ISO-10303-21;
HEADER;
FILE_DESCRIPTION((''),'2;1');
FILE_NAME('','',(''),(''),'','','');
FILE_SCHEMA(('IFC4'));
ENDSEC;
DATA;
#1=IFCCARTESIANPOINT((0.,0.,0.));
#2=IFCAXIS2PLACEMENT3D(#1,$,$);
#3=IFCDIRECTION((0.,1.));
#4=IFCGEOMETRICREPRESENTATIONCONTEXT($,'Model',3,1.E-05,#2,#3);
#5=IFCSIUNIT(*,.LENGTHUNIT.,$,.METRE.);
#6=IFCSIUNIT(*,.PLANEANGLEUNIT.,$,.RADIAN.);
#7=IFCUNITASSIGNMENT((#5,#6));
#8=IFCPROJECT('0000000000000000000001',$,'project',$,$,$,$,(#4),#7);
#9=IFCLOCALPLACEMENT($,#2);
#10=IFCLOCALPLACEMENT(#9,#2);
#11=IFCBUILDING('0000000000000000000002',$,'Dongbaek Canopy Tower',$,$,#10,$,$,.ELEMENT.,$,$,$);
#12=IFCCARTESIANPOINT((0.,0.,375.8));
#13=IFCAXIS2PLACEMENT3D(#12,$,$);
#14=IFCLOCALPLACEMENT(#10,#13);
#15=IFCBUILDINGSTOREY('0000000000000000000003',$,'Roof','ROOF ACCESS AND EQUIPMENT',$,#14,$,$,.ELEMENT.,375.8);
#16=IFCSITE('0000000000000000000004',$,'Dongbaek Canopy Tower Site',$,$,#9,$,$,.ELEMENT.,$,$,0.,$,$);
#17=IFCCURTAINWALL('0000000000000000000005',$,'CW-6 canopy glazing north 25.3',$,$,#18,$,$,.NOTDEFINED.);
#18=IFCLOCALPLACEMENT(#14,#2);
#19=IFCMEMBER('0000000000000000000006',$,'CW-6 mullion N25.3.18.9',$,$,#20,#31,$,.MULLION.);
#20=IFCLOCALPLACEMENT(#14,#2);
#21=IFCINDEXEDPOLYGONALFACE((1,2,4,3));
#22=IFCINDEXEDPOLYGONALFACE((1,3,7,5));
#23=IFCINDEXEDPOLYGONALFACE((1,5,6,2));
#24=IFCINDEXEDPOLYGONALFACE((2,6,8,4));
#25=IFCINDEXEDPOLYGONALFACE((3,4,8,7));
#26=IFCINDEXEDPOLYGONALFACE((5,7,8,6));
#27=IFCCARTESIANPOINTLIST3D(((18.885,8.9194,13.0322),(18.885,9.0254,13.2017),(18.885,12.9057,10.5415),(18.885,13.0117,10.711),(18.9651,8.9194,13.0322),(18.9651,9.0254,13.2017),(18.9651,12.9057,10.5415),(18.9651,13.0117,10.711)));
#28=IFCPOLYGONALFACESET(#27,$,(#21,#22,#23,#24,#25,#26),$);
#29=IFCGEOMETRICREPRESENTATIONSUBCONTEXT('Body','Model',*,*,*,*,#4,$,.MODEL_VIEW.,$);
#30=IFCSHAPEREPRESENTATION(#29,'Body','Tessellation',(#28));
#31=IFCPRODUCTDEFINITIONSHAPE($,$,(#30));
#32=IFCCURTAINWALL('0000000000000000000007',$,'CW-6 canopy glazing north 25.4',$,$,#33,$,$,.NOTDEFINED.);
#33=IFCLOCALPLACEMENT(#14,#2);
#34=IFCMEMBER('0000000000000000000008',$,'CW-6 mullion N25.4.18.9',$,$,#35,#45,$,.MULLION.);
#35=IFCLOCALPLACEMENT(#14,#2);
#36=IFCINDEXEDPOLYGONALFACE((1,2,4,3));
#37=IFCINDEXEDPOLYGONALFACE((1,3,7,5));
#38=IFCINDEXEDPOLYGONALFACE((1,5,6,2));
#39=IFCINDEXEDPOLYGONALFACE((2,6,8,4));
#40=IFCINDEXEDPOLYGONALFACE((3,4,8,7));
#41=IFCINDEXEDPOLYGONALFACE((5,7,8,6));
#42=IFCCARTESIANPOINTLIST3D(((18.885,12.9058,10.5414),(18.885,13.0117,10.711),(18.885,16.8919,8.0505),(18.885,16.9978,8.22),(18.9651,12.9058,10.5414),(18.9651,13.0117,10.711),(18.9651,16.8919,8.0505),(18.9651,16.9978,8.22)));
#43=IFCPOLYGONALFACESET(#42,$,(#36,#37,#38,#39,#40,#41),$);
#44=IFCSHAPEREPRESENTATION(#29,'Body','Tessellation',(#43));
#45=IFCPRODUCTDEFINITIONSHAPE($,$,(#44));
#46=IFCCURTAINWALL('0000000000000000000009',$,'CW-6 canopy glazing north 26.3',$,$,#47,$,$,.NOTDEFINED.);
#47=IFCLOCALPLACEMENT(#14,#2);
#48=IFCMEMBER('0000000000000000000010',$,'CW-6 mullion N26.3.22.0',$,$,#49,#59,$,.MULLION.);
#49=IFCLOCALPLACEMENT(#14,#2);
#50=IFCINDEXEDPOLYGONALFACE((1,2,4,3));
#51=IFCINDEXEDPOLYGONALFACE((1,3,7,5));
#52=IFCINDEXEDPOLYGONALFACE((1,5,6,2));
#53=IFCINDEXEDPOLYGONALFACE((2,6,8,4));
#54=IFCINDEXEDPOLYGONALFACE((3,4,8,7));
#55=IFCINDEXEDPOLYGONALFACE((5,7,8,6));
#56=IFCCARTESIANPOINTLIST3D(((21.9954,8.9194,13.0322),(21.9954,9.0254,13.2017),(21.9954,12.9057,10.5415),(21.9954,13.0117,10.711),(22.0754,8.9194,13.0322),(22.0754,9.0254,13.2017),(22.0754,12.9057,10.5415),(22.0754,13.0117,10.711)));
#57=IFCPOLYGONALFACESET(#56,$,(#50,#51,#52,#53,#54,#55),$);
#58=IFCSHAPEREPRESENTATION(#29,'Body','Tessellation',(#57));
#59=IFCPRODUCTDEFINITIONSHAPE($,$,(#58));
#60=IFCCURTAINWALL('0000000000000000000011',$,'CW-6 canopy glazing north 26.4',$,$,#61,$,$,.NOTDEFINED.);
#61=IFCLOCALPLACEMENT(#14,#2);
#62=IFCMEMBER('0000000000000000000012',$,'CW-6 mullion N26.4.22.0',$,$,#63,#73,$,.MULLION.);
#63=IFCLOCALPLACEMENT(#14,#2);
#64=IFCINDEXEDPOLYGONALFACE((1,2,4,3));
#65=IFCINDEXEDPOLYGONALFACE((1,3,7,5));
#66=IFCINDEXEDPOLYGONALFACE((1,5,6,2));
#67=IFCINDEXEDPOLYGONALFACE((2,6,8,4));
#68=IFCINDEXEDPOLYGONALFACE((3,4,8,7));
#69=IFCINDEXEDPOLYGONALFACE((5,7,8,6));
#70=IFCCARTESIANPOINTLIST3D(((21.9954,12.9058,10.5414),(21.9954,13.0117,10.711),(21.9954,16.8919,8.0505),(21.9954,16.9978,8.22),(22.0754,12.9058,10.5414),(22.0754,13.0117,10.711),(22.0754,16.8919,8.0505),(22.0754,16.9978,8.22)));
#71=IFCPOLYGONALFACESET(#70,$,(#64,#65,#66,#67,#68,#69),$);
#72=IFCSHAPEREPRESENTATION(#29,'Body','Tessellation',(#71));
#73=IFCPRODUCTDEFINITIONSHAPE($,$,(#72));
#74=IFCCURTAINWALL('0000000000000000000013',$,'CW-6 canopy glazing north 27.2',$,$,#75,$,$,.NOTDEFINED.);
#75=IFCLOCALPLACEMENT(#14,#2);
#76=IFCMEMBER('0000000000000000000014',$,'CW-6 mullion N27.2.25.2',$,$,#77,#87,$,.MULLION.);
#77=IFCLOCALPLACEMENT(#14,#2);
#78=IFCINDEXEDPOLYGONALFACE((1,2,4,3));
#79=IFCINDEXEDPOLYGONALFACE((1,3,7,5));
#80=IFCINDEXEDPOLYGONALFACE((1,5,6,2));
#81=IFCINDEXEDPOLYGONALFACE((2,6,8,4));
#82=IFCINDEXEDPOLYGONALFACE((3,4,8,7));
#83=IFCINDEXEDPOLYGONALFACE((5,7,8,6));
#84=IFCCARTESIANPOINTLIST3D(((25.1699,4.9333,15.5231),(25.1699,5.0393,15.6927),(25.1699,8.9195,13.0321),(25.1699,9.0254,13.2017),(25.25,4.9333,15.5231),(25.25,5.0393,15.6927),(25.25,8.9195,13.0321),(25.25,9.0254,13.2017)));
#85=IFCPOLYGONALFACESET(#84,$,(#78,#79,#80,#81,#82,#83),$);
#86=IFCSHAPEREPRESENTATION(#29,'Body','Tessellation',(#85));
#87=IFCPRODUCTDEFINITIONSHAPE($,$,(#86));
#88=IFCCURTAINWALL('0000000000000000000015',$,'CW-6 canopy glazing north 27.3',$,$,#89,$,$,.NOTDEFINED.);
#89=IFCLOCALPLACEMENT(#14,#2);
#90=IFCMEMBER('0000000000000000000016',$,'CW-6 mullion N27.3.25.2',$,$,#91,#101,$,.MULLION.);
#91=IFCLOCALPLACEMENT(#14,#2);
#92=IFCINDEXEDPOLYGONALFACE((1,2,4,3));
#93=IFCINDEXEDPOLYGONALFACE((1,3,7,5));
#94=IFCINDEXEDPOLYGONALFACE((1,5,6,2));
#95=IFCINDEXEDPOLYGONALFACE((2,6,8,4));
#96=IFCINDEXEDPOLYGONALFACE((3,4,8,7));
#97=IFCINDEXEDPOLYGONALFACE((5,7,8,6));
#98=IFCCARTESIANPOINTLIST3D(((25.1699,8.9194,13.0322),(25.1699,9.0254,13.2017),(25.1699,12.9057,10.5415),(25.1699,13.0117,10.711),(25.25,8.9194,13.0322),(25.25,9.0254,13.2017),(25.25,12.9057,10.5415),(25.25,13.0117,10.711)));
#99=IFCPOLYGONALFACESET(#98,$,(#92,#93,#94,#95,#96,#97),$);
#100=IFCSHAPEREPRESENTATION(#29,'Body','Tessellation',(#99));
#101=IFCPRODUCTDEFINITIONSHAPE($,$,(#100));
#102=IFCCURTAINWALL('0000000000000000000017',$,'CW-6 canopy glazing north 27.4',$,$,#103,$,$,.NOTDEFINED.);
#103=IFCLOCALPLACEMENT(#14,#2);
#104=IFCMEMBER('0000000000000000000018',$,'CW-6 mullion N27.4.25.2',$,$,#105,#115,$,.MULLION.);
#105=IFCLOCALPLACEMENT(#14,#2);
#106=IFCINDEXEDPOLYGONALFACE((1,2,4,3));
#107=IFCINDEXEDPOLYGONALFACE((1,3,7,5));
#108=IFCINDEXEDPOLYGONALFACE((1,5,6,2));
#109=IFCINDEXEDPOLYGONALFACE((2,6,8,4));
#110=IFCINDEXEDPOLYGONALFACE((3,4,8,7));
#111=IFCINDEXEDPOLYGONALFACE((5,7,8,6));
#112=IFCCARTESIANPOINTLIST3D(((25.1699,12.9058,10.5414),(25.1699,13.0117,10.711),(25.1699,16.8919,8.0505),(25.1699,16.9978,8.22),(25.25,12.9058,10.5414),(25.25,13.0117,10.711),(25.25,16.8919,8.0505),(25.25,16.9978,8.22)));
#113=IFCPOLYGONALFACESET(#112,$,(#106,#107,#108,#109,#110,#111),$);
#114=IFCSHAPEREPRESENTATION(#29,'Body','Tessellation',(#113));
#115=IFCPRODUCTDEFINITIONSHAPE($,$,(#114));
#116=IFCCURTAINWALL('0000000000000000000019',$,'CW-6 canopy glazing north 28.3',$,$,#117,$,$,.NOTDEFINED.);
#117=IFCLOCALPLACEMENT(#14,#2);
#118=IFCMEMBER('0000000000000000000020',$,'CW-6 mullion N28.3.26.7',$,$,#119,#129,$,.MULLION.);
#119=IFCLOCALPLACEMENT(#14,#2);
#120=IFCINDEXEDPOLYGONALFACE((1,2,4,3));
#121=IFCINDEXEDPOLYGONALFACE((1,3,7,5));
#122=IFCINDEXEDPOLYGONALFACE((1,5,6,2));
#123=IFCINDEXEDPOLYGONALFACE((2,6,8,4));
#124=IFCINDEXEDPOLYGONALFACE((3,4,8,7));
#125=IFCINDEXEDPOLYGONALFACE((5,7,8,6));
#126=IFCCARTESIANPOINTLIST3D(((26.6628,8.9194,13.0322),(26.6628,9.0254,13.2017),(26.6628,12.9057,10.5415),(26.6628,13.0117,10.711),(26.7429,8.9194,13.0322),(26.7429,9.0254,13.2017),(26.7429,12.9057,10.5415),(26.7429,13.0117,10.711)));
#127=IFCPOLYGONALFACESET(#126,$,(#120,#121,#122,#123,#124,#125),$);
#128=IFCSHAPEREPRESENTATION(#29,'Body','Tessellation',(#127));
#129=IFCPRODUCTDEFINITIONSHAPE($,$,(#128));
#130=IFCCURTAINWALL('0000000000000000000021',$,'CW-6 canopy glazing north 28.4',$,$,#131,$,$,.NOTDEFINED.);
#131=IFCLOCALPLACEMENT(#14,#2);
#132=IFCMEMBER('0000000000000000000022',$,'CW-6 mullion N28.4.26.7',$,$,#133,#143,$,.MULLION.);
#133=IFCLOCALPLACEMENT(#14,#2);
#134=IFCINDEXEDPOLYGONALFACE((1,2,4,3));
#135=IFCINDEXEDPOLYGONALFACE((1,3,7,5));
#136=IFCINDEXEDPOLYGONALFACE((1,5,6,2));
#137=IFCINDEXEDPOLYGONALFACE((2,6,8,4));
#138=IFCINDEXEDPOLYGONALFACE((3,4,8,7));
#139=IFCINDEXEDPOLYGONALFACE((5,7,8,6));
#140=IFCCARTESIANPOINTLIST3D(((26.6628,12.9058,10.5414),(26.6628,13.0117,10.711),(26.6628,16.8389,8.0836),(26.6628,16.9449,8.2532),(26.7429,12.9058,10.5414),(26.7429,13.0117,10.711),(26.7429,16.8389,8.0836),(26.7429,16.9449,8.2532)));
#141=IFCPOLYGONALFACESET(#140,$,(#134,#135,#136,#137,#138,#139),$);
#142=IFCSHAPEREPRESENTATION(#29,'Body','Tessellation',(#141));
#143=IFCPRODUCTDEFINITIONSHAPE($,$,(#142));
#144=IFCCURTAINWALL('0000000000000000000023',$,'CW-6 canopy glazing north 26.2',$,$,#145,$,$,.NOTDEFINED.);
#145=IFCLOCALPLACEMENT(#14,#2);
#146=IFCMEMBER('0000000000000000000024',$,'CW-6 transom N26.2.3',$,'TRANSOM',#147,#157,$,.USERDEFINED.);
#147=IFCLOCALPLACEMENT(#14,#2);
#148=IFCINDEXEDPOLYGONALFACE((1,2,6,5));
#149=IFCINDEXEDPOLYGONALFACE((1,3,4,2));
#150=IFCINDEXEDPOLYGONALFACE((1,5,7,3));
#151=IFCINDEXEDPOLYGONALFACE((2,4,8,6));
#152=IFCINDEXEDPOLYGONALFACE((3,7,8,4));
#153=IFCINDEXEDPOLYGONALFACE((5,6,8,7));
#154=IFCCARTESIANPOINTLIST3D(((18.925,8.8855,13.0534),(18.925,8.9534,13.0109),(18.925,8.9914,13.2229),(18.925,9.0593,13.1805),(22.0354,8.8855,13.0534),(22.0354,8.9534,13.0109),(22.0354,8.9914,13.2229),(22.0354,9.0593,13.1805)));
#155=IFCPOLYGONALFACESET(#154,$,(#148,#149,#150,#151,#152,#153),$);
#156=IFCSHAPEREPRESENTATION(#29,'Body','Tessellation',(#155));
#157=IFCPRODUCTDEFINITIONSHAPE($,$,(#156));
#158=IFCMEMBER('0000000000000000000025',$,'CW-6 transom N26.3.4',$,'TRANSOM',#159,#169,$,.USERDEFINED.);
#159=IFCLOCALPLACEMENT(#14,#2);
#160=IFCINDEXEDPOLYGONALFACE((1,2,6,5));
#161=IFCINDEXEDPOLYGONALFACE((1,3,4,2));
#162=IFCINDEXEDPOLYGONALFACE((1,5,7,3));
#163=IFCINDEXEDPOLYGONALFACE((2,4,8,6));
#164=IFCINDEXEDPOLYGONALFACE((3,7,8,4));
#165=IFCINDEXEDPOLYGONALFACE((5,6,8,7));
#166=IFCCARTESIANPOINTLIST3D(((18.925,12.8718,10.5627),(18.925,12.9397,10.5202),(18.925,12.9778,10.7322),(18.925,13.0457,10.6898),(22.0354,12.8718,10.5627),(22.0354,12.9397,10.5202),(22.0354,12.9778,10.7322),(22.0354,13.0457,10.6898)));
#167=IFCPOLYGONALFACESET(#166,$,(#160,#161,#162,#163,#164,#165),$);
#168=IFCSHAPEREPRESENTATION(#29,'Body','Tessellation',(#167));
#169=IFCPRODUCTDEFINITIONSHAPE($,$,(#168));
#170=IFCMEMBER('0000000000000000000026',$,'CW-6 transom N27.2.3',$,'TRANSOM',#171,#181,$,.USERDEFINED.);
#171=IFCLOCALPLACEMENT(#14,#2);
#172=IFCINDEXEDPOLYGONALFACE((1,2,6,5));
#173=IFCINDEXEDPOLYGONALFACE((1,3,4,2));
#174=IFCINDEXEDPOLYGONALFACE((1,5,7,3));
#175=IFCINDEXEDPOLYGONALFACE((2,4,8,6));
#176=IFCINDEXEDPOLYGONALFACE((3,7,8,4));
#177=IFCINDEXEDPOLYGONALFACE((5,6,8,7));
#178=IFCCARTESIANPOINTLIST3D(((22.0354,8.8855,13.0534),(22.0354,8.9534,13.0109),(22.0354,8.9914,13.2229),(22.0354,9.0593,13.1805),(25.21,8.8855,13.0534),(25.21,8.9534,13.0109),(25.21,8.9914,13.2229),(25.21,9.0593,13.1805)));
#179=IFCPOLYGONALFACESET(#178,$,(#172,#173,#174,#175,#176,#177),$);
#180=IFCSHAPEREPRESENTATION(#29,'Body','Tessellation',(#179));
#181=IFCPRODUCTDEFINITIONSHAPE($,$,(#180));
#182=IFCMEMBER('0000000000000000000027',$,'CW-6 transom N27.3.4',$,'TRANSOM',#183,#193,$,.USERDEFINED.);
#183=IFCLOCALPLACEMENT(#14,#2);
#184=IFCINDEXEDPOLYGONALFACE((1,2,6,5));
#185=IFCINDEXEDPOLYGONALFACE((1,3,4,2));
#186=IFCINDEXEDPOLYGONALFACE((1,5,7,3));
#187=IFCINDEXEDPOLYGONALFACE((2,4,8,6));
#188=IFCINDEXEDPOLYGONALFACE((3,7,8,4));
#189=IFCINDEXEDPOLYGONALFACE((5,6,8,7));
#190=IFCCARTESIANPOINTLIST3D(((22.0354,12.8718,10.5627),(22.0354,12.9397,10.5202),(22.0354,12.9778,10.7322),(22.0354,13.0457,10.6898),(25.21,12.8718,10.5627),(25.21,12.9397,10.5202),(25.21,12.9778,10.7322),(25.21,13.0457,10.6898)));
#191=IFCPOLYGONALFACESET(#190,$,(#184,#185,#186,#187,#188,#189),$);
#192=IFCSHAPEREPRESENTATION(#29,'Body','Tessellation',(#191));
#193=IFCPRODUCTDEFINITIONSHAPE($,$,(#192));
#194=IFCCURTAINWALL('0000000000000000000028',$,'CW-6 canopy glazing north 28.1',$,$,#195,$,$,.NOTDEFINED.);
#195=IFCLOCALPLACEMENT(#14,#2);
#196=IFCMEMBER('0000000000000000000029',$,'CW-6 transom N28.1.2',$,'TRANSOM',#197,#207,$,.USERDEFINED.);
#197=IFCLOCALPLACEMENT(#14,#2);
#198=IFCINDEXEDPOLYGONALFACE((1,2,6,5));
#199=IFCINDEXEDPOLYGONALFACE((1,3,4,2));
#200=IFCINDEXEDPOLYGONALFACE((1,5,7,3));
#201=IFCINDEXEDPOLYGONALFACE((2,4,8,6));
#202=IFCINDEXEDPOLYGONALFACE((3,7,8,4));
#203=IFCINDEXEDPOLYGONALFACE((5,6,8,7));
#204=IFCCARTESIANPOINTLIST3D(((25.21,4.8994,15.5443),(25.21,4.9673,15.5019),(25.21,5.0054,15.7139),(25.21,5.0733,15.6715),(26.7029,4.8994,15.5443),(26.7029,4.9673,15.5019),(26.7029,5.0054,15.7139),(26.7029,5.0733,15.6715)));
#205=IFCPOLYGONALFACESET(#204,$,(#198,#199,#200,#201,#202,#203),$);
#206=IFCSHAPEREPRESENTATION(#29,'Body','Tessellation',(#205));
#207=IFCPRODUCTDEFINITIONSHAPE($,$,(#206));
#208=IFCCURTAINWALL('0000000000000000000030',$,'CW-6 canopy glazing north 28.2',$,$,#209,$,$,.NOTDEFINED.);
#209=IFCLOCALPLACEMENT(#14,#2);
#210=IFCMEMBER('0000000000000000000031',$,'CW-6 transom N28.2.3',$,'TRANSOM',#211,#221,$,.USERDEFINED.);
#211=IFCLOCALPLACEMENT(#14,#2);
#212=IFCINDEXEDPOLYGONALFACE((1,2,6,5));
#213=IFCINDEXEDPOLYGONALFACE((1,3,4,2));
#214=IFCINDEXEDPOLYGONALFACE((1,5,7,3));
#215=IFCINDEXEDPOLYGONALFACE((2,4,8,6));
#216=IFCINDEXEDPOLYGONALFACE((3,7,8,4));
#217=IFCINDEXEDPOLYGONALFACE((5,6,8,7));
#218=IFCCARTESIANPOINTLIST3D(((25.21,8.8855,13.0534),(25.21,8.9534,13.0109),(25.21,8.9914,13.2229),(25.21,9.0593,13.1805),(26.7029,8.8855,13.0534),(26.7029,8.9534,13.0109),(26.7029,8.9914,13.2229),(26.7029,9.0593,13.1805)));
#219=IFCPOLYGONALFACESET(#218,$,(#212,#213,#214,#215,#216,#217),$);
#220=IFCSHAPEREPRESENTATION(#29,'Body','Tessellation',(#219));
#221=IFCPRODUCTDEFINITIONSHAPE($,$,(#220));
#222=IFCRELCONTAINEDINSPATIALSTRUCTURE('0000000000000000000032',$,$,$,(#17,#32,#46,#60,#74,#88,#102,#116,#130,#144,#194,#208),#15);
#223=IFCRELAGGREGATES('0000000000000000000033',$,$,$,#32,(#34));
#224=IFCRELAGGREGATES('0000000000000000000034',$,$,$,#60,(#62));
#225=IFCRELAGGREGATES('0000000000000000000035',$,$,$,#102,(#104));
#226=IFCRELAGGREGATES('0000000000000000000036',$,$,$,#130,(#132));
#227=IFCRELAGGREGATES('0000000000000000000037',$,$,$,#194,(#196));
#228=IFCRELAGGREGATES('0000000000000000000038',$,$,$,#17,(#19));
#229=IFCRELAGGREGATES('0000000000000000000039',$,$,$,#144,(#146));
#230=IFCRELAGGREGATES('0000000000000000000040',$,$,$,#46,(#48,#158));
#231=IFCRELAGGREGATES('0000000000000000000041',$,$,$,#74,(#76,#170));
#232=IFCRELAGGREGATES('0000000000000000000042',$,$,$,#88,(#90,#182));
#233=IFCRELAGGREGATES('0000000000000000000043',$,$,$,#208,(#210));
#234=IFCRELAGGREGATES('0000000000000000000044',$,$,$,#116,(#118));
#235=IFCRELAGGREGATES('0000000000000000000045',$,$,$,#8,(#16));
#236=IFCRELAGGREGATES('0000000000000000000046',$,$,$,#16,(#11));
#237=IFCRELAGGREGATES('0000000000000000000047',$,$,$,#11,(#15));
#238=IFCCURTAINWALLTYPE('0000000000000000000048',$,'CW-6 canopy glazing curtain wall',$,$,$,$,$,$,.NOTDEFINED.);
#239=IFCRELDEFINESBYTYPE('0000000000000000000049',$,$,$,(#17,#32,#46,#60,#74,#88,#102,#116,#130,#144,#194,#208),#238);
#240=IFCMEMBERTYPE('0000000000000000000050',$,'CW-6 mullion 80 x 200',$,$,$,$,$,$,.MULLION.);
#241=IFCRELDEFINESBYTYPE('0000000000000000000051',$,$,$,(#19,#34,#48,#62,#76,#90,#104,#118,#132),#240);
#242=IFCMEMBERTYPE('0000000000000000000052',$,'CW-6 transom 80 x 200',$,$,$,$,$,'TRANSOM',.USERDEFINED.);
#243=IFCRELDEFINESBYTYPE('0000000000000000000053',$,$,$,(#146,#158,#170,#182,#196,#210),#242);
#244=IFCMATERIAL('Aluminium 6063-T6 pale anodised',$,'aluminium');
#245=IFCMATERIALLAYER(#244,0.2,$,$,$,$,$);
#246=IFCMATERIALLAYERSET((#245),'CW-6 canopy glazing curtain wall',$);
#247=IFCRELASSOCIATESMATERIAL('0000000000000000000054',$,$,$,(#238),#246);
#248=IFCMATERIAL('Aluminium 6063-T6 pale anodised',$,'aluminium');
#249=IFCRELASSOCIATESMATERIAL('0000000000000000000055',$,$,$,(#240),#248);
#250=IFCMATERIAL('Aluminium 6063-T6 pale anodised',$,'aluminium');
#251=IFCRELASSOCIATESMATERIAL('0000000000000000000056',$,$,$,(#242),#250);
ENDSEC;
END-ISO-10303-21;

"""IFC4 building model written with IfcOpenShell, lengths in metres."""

from ifc_helpers import new_model, si_unit, direction, frame, origin, origin_2d, place, context, subcontext, project, spatial, rectangle, extrude, material, layer, layer_set, material_profile, profile_set, type_object, element, aggregate, save


model = new_model("IFC4")

# Units and contexts
model_context = context("Model", 3, precision=1e-05, world=origin(), true_north=direction((0.0, 1.0)))
body_context = subcontext(model_context, "Body", "Model", "MODEL_VIEW")
ifc_project = project(units=[si_unit("LENGTHUNIT", "METRE"), si_unit("PLANEANGLEUNIT", "RADIAN")], contexts=[model_context])

# Site, building, storey
site_placement = place(None, origin())
site = spatial("IfcSite", under=ifc_project, at=site_placement, Name="Dongbaek Canopy Tower Site", CompositionType="ELEMENT", RefElevation=0.0)
building_placement = place(site_placement, origin())
building = spatial("IfcBuilding", under=site, at=building_placement, Name="Dongbaek Canopy Tower", CompositionType="ELEMENT")
storey_placement = place(building_placement, frame((0.0, 0.0, 375.8)))
storey = spatial("IfcBuildingStorey", under=building, at=storey_placement, Name="Roof", Description="ROOF ACCESS AND EQUIPMENT", CompositionType="ELEMENT", Elevation=375.8)

# Curtain walls, members
ifc_material_1 = material(Name="Aluminium 6063-T6 pale anodised", Category="aluminium")
ifc_layer_1 = layer(ifc_material_1, 0.2)
ifc_layer_set_1 = layer_set([ifc_layer_1], Name="CW-6 canopy glazing curtain wall")
curtain_wall_type = type_object("IfcCurtainWallType", Name="CW-6 canopy glazing curtain wall", PredefinedType="NOTDEFINED", material=ifc_layer_set_1)
curtain_wall_1_placement = place(storey_placement, origin())
curtain_wall_1 = element("IfcCurtainWall", 1, at=curtain_wall_1_placement, inside=storey, type_object=curtain_wall_type, Name="CW-6 canopy glazing north 25.3", PredefinedType="NOTDEFINED")
ifc_material_2 = material(Name="Aluminium 6063-T6 pale anodised", Category="aluminium")
ifc_material_profile_1 = material_profile(ifc_material_2, rectangle(XDim=0.0801, YDim=0.2, at=origin_2d()), Name="CW-6 mullion 80 x 200")
ifc_profile_set_1 = profile_set([ifc_material_profile_1], Name="Aluminium 6063-T6 pale anodised")
member_type_1 = type_object("IfcMemberType", Name="CW-6 mullion 80 x 200", PredefinedType="MULLION", material=ifc_profile_set_1)
member_1_placement = place(storey_placement, frame((18.925, 8.9724, 13.1169), z_axis=(0.0, 0.848068, -0.529887), x_axis=(-1.0, 0.0, 0.0)))
member_1 = element("IfcMember", 2, at=member_1_placement, type_object=member_type_1, Name="CW-6 mullion N25.3.18.9", PredefinedType="MULLION", context=body_context, shape_type="SweptSolid", body=[
    extrude(rectangle(XDim=0.0801, YDim=0.2, at=origin_2d()), origin(), (0.0, 0.0, 1.0), 4.7004),
])
curtain_wall_2_placement = place(storey_placement, origin())
curtain_wall_2 = element("IfcCurtainWall", 3, at=curtain_wall_2_placement, inside=storey, type_object=curtain_wall_type, Name="CW-6 canopy glazing north 25.4", PredefinedType="NOTDEFINED")
member_2_placement = place(storey_placement, frame((18.925, 12.9587, 10.6262), z_axis=(0.0, 0.84803, -0.529948), x_axis=(-1.0, 0.0, 0.0)))
member_2 = element("IfcMember", 4, at=member_2_placement, type_object=member_type_1, Name="CW-6 mullion N25.4.18.9", PredefinedType="MULLION", context=body_context, shape_type="SweptSolid", body=[
    extrude(rectangle(XDim=0.0801, YDim=0.2, at=origin_2d()), origin(), (0.0, 0.0, 1.0), 4.7004),
])
aggregate(curtain_wall_2, [member_2])
curtain_wall_3_placement = place(storey_placement, origin())
curtain_wall_3 = element("IfcCurtainWall", 5, at=curtain_wall_3_placement, inside=storey, type_object=curtain_wall_type, Name="CW-6 canopy glazing north 26.3", PredefinedType="NOTDEFINED")
member_3_placement = place(storey_placement, frame((22.0354, 8.9724, 13.1169), z_axis=(0.0, 0.848068, -0.529887), x_axis=(-1.0, 0.0, 0.0)))
member_3 = element("IfcMember", 6, at=member_3_placement, type_object=member_type_1, Name="CW-6 mullion N26.3.22.0", PredefinedType="MULLION", context=body_context, shape_type="SweptSolid", body=[
    extrude(rectangle(XDim=0.0801, YDim=0.2, at=origin_2d()), origin(), (0.0, 0.0, 1.0), 4.7004),
])
curtain_wall_4_placement = place(storey_placement, origin())
curtain_wall_4 = element("IfcCurtainWall", 7, at=curtain_wall_4_placement, inside=storey, type_object=curtain_wall_type, Name="CW-6 canopy glazing north 26.4", PredefinedType="NOTDEFINED")
member_4_placement = place(storey_placement, frame((22.0354, 12.9587, 10.6262), z_axis=(0.0, 0.84803, -0.529948), x_axis=(-1.0, 0.0, 0.0)))
member_4 = element("IfcMember", 8, at=member_4_placement, type_object=member_type_1, Name="CW-6 mullion N26.4.22.0", PredefinedType="MULLION", context=body_context, shape_type="SweptSolid", body=[
    extrude(rectangle(XDim=0.0801, YDim=0.2, at=origin_2d()), origin(), (0.0, 0.0, 1.0), 4.7004),
])
aggregate(curtain_wall_4, [member_4])
curtain_wall_5_placement = place(storey_placement, origin())
curtain_wall_5 = element("IfcCurtainWall", 9, at=curtain_wall_5_placement, inside=storey, type_object=curtain_wall_type, Name="CW-6 canopy glazing north 27.2", PredefinedType="NOTDEFINED")
member_5_placement = place(storey_placement, frame((25.21, 4.9863, 15.6079), z_axis=(0.0, 0.84803, -0.529948), x_axis=(-1.0, 0.0, 0.0)))
member_5 = element("IfcMember", 10, at=member_5_placement, type_object=member_type_1, Name="CW-6 mullion N27.2.25.2", PredefinedType="MULLION", context=body_context, shape_type="SweptSolid", body=[
    extrude(rectangle(XDim=0.0801, YDim=0.2, at=origin_2d()), origin(), (0.0, 0.0, 1.0), 4.7004),
])
curtain_wall_6_placement = place(storey_placement, origin())
curtain_wall_6 = element("IfcCurtainWall", 11, at=curtain_wall_6_placement, inside=storey, type_object=curtain_wall_type, Name="CW-6 canopy glazing north 27.3", PredefinedType="NOTDEFINED")
member_6_placement = place(storey_placement, frame((25.21, 8.9724, 13.1169), z_axis=(0.0, 0.848068, -0.529887), x_axis=(-1.0, 0.0, 0.0)))
member_6 = element("IfcMember", 12, at=member_6_placement, type_object=member_type_1, Name="CW-6 mullion N27.3.25.2", PredefinedType="MULLION", context=body_context, shape_type="SweptSolid", body=[
    extrude(rectangle(XDim=0.0801, YDim=0.2, at=origin_2d()), origin(), (0.0, 0.0, 1.0), 4.7004),
])
curtain_wall_7_placement = place(storey_placement, origin())
curtain_wall_7 = element("IfcCurtainWall", 13, at=curtain_wall_7_placement, inside=storey, type_object=curtain_wall_type, Name="CW-6 canopy glazing north 27.4", PredefinedType="NOTDEFINED")
member_7_placement = place(storey_placement, frame((25.21, 12.9587, 10.6262), z_axis=(0.0, 0.84803, -0.529948), x_axis=(-1.0, 0.0, 0.0)))
member_7 = element("IfcMember", 14, at=member_7_placement, type_object=member_type_1, Name="CW-6 mullion N27.4.25.2", PredefinedType="MULLION", context=body_context, shape_type="SweptSolid", body=[
    extrude(rectangle(XDim=0.0801, YDim=0.2, at=origin_2d()), origin(), (0.0, 0.0, 1.0), 4.7004),
])
aggregate(curtain_wall_7, [member_7])
curtain_wall_8_placement = place(storey_placement, origin())
curtain_wall_8 = element("IfcCurtainWall", 15, at=curtain_wall_8_placement, inside=storey, type_object=curtain_wall_type, Name="CW-6 canopy glazing north 28.3", PredefinedType="NOTDEFINED")
member_8_placement = place(storey_placement, frame((26.7029, 8.9724, 13.1169), z_axis=(0.0, 0.848068, -0.529887), x_axis=(-1.0, 0.0, 0.0)))
member_8 = element("IfcMember", 16, at=member_8_placement, type_object=member_type_1, Name="CW-6 mullion N28.3.26.7", PredefinedType="MULLION", context=body_context, shape_type="SweptSolid", body=[
    extrude(rectangle(XDim=0.0801, YDim=0.2, at=origin_2d()), origin(), (0.0, 0.0, 1.0), 4.7004),
])
curtain_wall_9_placement = place(storey_placement, origin())
curtain_wall_9 = element("IfcCurtainWall", 17, at=curtain_wall_9_placement, inside=storey, type_object=curtain_wall_type, Name="CW-6 canopy glazing north 28.4", PredefinedType="NOTDEFINED")
member_9_placement = place(storey_placement, frame((26.7029, 12.9587, 10.6262), z_axis=(0.0, 0.84804, -0.529933), x_axis=(-1.0, 0.0, 0.0)))
member_9 = element("IfcMember", 18, at=member_9_placement, type_object=member_type_1, Name="CW-6 mullion N28.4.26.7", PredefinedType="MULLION", context=body_context, shape_type="SweptSolid", body=[
    extrude(rectangle(XDim=0.0801, YDim=0.2, at=origin_2d()), origin(), (0.0, 0.0, 1.0), 4.6379),
])
aggregate(curtain_wall_9, [member_9])
curtain_wall_10_placement = place(storey_placement, origin())
curtain_wall_10 = element("IfcCurtainWall", 19, at=curtain_wall_10_placement, inside=storey, type_object=curtain_wall_type, Name="CW-6 canopy glazing north 26.2", PredefinedType="NOTDEFINED")
ifc_material_3 = material(Name="Aluminium 6063-T6 pale anodised", Category="aluminium")
ifc_material_profile_2 = material_profile(ifc_material_3, rectangle(XDim=0.0801, YDim=0.2, at=origin_2d()), Name="CW-6 transom 80 x 200")
ifc_profile_set_2 = profile_set([ifc_material_profile_2], Name="Aluminium 6063-T6 pale anodised")
member_type_2 = type_object("IfcMemberType", Name="CW-6 transom 80 x 200", ElementType="TRANSOM", PredefinedType="USERDEFINED", material=ifc_profile_set_2)
member_10_placement = place(storey_placement, frame((18.925, 8.9724, 13.1169), z_axis=(1.0, 0.0, 0.0), x_axis=(0.0, 0.848048, -0.529919)))
member_10 = element("IfcMember", 20, at=member_10_placement, type_object=member_type_2, Name="CW-6 transom N26.2.3", ObjectType="TRANSOM", PredefinedType="USERDEFINED", context=body_context, shape_type="SweptSolid", body=[
    extrude(rectangle(XDim=0.0801, YDim=0.2, at=origin_2d()), origin(), (0.0, 0.0, 1.0), 3.1104),
])

# Members
member_11_placement = place(storey_placement, frame((18.925, 12.9587, 10.6262), z_axis=(1.0, 0.0, 0.0), x_axis=(0.0, 0.848048, -0.529919)))
member_11 = element("IfcMember", 21, at=member_11_placement, type_object=member_type_2, Name="CW-6 transom N26.3.4", ObjectType="TRANSOM", PredefinedType="USERDEFINED", context=body_context, shape_type="SweptSolid", body=[
    extrude(rectangle(XDim=0.0801, YDim=0.2, at=origin_2d()), origin(), (0.0, 0.0, 1.0), 3.1104),
])
member_12_placement = place(storey_placement, frame((22.0354, 8.9724, 13.1169), z_axis=(1.0, 0.0, 0.0), x_axis=(0.0, 0.848048, -0.529919)))
member_12 = element("IfcMember", 22, at=member_12_placement, type_object=member_type_2, Name="CW-6 transom N27.2.3", ObjectType="TRANSOM", PredefinedType="USERDEFINED", context=body_context, shape_type="SweptSolid", body=[
    extrude(rectangle(XDim=0.0801, YDim=0.2, at=origin_2d()), origin(), (0.0, 0.0, 1.0), 3.1746),
])
member_13_placement = place(storey_placement, frame((22.0354, 12.9587, 10.6262), z_axis=(1.0, 0.0, 0.0), x_axis=(0.0, 0.848048, -0.529919)))
member_13 = element("IfcMember", 23, at=member_13_placement, type_object=member_type_2, Name="CW-6 transom N27.3.4", ObjectType="TRANSOM", PredefinedType="USERDEFINED", context=body_context, shape_type="SweptSolid", body=[
    extrude(rectangle(XDim=0.0801, YDim=0.2, at=origin_2d()), origin(), (0.0, 0.0, 1.0), 3.1746),
])

# Curtain walls, members
curtain_wall_11_placement = place(storey_placement, origin())
curtain_wall_11 = element("IfcCurtainWall", 24, at=curtain_wall_11_placement, inside=storey, type_object=curtain_wall_type, Name="CW-6 canopy glazing north 28.1", PredefinedType="NOTDEFINED")
member_14_placement = place(storey_placement, frame((25.21, 4.9863, 15.6079), z_axis=(1.0, 0.0, 0.0), x_axis=(0.0, 0.848048, -0.529919)))
member_14 = element("IfcMember", 25, at=member_14_placement, type_object=member_type_2, Name="CW-6 transom N28.1.2", ObjectType="TRANSOM", PredefinedType="USERDEFINED", context=body_context, shape_type="SweptSolid", body=[
    extrude(rectangle(XDim=0.0801, YDim=0.2, at=origin_2d()), origin(), (0.0, 0.0, 1.0), 1.4929),
])
aggregate(curtain_wall_11, [member_14])
curtain_wall_12_placement = place(storey_placement, origin())
curtain_wall_12 = element("IfcCurtainWall", 26, at=curtain_wall_12_placement, inside=storey, type_object=curtain_wall_type, Name="CW-6 canopy glazing north 28.2", PredefinedType="NOTDEFINED")
member_15_placement = place(storey_placement, frame((25.21, 8.9724, 13.1169), z_axis=(1.0, 0.0, 0.0), x_axis=(0.0, 0.848048, -0.529919)))
member_15 = element("IfcMember", 27, at=member_15_placement, type_object=member_type_2, Name="CW-6 transom N28.2.3", ObjectType="TRANSOM", PredefinedType="USERDEFINED", context=body_context, shape_type="SweptSolid", body=[
    extrude(rectangle(XDim=0.0801, YDim=0.2, at=origin_2d()), origin(), (0.0, 0.0, 1.0), 1.4929),
])

aggregate(curtain_wall_1, [member_1])
aggregate(curtain_wall_10, [member_10])
aggregate(curtain_wall_3, [member_3, member_11])
aggregate(curtain_wall_5, [member_5, member_12])
aggregate(curtain_wall_6, [member_6, member_13])
aggregate(curtain_wall_12, [member_15])
aggregate(curtain_wall_8, [member_8])

save(model, "model.ifc")
